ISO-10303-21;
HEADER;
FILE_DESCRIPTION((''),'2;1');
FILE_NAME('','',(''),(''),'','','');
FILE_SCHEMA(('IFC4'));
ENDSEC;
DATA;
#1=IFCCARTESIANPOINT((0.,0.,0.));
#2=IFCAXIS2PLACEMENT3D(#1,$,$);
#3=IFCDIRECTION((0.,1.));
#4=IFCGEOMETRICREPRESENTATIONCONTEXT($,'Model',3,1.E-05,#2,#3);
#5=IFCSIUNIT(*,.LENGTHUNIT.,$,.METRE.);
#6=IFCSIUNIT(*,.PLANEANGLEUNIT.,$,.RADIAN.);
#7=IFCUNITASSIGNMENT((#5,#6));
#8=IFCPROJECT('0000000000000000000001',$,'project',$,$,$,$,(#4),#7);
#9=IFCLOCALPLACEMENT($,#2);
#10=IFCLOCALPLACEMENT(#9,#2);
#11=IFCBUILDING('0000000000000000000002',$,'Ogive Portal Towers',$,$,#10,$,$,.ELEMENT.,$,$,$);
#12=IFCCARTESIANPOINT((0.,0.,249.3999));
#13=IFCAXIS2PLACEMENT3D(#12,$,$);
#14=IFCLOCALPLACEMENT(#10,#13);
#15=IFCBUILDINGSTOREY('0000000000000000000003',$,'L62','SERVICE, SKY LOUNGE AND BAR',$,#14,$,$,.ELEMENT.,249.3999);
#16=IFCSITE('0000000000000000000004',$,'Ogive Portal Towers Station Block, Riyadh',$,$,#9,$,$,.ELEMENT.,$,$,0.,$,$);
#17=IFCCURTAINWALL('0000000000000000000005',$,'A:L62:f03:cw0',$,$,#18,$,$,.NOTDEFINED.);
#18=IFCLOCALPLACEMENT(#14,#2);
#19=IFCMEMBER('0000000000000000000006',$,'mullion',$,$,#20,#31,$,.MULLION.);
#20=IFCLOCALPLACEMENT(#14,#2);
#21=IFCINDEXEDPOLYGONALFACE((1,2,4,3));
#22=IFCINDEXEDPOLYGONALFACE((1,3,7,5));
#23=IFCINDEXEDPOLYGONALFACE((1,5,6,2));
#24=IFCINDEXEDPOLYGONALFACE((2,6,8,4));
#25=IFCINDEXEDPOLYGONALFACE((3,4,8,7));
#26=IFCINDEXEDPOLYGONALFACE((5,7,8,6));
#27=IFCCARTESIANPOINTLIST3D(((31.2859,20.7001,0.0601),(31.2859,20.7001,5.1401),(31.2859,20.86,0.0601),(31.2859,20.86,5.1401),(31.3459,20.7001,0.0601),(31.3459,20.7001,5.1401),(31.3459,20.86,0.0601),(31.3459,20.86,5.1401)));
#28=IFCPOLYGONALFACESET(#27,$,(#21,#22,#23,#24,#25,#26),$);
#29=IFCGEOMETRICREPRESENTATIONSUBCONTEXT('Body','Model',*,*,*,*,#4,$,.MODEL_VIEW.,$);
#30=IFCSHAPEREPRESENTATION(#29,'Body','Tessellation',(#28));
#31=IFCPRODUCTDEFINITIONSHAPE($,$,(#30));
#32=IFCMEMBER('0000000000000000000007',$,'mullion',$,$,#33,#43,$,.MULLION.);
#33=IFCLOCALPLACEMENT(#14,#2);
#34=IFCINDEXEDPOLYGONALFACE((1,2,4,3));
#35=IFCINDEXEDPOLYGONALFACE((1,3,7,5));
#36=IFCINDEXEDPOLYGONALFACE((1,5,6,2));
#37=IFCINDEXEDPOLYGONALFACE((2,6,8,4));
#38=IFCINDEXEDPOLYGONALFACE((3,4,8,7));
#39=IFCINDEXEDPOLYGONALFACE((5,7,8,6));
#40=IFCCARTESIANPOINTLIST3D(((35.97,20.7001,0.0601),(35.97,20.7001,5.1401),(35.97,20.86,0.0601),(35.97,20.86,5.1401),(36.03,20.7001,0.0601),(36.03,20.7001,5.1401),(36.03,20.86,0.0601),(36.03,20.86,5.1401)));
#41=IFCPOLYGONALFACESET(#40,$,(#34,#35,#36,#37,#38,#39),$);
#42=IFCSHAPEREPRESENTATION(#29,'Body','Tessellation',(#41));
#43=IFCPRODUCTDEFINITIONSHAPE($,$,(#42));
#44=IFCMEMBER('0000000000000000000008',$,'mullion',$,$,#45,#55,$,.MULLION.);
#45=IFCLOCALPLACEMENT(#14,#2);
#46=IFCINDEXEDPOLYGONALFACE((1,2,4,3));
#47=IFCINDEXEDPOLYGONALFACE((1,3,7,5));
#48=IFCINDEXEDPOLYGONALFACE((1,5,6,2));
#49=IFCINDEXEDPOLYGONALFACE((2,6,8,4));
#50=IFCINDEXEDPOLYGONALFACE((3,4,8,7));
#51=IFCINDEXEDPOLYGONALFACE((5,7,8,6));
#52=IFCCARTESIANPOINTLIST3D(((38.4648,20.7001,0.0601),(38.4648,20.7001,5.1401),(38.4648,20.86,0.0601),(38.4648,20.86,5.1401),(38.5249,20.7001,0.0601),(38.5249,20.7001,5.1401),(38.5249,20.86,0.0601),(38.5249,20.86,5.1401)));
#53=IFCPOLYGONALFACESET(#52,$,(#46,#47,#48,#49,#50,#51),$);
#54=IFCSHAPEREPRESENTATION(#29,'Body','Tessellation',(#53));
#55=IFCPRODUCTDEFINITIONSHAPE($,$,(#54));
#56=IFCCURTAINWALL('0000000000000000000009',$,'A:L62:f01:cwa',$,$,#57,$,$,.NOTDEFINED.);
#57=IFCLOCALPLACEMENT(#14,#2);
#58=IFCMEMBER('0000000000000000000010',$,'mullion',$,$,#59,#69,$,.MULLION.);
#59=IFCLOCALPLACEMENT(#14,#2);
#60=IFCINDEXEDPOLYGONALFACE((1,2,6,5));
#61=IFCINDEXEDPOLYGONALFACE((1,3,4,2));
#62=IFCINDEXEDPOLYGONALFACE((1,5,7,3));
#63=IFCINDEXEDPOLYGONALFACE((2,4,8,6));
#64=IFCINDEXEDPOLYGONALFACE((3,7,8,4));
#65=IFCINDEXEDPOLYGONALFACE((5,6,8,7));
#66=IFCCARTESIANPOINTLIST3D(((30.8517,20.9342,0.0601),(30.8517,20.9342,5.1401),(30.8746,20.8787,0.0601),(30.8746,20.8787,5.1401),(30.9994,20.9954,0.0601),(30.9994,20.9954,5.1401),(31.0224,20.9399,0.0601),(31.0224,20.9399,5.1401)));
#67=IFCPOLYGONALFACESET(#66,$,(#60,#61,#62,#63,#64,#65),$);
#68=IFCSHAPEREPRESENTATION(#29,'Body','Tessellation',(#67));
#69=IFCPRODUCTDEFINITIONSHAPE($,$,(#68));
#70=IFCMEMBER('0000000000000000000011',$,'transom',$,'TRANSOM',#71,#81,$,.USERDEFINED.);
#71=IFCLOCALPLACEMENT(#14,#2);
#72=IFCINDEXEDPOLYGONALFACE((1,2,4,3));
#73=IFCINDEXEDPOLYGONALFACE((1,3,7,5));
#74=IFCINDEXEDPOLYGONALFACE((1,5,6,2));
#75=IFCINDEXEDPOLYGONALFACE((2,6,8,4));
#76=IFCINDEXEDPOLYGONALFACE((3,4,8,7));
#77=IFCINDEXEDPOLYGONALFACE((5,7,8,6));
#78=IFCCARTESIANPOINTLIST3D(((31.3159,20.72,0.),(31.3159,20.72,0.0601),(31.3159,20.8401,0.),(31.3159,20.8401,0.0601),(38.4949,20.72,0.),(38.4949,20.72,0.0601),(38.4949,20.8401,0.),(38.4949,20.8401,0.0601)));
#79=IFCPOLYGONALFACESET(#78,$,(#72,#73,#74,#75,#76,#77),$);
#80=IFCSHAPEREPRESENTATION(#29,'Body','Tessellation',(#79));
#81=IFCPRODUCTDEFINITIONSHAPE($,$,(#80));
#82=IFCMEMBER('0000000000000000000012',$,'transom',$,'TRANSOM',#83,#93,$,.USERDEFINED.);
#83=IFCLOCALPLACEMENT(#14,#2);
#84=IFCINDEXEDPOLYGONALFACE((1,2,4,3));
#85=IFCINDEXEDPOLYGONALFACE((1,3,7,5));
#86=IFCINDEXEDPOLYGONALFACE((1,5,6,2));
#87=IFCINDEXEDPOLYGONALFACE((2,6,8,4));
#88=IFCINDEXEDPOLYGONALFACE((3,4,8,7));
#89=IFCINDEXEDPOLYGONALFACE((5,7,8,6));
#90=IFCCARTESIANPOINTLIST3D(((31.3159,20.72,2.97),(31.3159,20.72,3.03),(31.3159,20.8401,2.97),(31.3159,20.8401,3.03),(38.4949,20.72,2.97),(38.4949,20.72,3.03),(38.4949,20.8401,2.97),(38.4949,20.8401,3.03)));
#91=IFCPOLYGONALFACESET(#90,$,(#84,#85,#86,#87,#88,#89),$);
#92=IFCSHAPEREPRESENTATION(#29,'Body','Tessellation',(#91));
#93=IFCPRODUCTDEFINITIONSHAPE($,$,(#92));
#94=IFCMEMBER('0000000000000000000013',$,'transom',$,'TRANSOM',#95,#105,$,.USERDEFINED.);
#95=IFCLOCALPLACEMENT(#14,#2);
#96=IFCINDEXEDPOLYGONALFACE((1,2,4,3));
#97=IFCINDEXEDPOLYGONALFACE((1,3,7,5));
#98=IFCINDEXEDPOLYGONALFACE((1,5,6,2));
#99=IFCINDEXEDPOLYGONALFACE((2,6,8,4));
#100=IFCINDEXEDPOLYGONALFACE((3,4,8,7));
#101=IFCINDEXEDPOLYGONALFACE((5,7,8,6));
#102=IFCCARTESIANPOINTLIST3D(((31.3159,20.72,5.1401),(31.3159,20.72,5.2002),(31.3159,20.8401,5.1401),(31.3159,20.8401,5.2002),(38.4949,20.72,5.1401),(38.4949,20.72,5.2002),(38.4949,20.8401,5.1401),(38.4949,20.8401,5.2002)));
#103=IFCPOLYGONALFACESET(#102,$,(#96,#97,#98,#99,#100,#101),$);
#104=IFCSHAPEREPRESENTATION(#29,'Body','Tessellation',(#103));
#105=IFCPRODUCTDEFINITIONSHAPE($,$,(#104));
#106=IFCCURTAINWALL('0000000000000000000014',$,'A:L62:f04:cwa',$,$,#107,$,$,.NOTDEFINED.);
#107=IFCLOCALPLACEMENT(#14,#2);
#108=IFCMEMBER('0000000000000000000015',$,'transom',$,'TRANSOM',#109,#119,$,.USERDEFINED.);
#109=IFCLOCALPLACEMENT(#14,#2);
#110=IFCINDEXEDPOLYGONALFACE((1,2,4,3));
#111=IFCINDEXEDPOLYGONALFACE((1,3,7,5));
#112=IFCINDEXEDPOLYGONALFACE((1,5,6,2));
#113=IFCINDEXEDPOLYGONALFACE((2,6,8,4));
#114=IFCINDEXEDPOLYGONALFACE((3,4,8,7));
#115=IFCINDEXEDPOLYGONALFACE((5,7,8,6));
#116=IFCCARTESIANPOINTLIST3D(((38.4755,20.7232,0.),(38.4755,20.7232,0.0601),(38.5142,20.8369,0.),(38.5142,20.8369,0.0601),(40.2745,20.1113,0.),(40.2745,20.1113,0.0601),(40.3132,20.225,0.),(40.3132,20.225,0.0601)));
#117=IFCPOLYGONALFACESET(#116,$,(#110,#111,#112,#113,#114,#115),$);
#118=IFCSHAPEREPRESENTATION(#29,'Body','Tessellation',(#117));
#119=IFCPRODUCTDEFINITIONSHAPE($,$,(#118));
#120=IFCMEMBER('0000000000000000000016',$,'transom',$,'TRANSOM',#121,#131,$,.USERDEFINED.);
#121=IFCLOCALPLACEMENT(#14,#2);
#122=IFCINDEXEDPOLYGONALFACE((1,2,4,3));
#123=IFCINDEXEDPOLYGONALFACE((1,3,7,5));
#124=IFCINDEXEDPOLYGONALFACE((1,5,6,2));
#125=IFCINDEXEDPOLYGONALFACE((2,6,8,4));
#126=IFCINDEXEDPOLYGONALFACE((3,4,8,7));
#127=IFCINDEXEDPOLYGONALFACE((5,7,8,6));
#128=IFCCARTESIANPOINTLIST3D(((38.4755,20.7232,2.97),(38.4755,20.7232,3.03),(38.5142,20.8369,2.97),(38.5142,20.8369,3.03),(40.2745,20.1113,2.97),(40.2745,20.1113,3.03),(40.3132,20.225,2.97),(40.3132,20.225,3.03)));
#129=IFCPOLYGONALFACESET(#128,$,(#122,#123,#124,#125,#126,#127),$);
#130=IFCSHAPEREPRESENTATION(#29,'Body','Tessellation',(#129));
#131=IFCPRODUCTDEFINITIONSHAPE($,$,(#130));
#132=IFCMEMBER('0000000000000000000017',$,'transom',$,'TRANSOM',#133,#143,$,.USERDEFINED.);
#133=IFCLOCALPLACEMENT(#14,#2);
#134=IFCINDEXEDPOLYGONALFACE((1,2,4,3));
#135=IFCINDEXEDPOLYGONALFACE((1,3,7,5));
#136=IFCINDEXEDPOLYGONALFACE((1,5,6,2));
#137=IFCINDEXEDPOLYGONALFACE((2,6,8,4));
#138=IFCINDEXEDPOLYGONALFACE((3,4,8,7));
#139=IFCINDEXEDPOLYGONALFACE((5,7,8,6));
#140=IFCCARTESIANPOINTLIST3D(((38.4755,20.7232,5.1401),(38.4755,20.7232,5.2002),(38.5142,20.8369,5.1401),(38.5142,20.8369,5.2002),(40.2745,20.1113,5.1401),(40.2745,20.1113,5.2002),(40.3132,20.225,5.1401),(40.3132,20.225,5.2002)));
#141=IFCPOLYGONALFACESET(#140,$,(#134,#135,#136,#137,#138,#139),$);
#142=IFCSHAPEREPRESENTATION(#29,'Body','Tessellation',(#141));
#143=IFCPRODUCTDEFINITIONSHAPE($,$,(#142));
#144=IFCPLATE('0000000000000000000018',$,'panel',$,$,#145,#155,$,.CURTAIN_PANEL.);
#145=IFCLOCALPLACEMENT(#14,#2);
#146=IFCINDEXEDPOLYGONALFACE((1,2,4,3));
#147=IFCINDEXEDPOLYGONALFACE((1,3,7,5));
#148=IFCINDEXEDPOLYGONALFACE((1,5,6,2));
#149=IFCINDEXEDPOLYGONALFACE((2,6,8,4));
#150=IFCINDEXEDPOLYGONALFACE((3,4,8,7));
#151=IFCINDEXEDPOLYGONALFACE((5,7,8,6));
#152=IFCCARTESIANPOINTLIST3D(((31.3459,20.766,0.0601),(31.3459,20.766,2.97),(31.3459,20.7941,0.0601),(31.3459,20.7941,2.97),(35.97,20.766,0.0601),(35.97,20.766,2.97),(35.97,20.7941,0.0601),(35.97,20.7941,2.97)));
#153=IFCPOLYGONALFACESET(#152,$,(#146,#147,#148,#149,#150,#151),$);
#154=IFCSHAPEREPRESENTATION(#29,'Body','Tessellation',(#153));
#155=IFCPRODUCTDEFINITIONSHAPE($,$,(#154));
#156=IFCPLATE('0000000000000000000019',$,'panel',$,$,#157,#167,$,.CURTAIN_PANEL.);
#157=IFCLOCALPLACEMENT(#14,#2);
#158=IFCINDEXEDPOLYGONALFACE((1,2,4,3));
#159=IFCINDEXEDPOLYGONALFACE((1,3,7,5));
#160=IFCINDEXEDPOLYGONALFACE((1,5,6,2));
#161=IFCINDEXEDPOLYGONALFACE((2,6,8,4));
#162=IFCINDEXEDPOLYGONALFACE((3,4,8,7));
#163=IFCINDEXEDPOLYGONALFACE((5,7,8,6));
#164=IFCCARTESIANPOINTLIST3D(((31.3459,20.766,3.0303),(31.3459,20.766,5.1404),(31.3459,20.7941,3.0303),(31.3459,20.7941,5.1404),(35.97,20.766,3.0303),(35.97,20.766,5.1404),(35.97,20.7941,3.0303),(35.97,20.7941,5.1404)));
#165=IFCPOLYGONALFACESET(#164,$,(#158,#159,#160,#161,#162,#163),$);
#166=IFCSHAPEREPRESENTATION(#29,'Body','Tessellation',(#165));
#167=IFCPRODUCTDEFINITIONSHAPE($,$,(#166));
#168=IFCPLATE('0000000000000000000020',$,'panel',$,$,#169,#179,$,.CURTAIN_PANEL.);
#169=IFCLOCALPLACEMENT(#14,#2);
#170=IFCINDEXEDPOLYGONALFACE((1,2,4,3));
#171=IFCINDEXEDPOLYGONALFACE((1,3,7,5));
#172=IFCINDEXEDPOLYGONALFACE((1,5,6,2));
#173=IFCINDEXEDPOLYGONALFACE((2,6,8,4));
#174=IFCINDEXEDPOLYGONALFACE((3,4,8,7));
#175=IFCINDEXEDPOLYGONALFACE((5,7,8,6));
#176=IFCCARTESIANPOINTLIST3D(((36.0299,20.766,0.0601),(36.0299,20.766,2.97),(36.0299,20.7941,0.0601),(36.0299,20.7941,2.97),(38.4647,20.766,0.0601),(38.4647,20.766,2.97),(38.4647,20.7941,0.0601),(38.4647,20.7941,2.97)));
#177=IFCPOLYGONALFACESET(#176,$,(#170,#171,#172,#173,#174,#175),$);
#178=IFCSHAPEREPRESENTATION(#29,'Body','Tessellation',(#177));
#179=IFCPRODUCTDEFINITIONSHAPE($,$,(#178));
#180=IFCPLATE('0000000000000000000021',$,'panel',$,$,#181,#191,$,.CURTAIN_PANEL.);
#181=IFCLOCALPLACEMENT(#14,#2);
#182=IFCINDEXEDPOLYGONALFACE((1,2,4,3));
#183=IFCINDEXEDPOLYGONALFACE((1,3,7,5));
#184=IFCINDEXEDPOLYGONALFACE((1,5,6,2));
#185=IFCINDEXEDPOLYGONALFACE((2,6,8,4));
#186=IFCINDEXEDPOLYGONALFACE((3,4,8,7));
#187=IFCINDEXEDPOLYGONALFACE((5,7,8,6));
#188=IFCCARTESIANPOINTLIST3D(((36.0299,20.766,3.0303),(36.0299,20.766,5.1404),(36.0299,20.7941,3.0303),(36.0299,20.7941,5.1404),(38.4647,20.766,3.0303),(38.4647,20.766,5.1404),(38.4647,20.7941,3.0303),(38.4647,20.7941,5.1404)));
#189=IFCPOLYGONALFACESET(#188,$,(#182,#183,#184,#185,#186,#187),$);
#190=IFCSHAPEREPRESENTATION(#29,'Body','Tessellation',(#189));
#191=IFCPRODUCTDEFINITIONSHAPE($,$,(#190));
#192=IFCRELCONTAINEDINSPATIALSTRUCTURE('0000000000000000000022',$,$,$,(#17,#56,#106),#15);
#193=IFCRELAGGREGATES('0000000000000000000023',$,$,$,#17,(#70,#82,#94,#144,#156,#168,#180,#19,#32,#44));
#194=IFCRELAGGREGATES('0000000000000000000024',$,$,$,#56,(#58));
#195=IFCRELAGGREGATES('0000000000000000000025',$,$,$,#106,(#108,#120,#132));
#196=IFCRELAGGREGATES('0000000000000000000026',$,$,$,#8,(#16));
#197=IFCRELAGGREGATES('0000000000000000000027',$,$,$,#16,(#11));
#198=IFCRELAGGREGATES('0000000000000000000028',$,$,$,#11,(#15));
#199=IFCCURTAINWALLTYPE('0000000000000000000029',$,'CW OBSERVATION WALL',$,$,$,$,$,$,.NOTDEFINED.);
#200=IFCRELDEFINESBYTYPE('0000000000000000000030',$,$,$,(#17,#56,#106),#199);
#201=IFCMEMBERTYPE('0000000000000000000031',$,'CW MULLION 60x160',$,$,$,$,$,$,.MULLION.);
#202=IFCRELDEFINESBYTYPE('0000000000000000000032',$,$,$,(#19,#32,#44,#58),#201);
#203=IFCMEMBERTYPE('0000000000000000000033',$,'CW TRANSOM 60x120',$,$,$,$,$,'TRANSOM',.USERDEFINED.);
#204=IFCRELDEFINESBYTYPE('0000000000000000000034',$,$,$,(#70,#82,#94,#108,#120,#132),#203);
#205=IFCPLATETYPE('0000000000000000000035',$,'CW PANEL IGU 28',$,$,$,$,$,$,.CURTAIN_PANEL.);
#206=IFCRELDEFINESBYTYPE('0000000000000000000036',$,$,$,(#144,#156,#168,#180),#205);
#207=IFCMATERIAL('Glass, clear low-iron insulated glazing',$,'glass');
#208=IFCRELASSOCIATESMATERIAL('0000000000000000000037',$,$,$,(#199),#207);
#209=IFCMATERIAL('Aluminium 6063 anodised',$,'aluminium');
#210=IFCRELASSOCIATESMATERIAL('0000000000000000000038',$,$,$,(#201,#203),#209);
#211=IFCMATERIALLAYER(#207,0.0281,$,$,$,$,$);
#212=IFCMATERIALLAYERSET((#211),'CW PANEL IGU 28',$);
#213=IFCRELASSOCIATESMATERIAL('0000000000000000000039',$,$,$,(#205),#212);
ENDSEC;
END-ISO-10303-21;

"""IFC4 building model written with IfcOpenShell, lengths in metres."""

from ifc_helpers import new_model, si_unit, direction, frame, origin, origin_2d, place, context, subcontext, project, spatial, rectangle, extrude, material, layer, layer_set, material_profile, profile_set, type_object, element, aggregate, save


model = new_model("IFC4")

# Units and contexts
model_context = context("Model", 3, precision=1e-05, world=origin(), true_north=direction((0.0, 1.0)))
body_context = subcontext(model_context, "Body", "Model", "MODEL_VIEW")
ifc_project = project(units=[si_unit("LENGTHUNIT", "METRE"), si_unit("PLANEANGLEUNIT", "RADIAN")], contexts=[model_context])

# Site, building, storey
site_placement = place(None, origin())
site = spatial("IfcSite", under=ifc_project, at=site_placement, Name="Ogive Portal Towers Station Block, Riyadh", CompositionType="ELEMENT", RefElevation=0.0)
building_placement = place(site_placement, origin())
building = spatial("IfcBuilding", under=site, at=building_placement, Name="Ogive Portal Towers", CompositionType="ELEMENT")
storey_placement = place(building_placement, frame((0.0, 0.0, 249.3999)))
storey = spatial("IfcBuildingStorey", under=building, at=storey_placement, Name="L62", Description="SERVICE, SKY LOUNGE AND BAR", CompositionType="ELEMENT", Elevation=249.3999)

# Curtain wall, members
ifc_material_1 = material(Name="Glass, clear low-iron insulated glazing", Category="glass")
curtain_wall_type = type_object("IfcCurtainWallType", Name="CW OBSERVATION WALL", PredefinedType="NOTDEFINED", material=ifc_material_1)
curtain_wall_1_placement = place(storey_placement, origin())
curtain_wall_1 = element("IfcCurtainWall", 1, at=curtain_wall_1_placement, inside=storey, type_object=curtain_wall_type, Name="A:L62:f03:cw0", PredefinedType="NOTDEFINED")
ifc_material_2 = material(Name="Aluminium 6063 anodised", Category="aluminium")
ifc_material_profile_1 = material_profile(ifc_material_2, rectangle(XDim=0.1599, YDim=0.0601, at=origin_2d()), Name="AL 60x160")
ifc_profile_set_1 = profile_set([ifc_material_profile_1], Name="Aluminium 6063 anodised")
member_type_1 = type_object("IfcMemberType", Name="CW MULLION 60x160", PredefinedType="MULLION", material=ifc_profile_set_1)
member_1_placement = place(storey_placement, frame((31.3159, 20.78, 0.0601), z_axis=(0.0, 0.0, 1.0), x_axis=(0.0, 1.0, 0.0)))
member_1 = element("IfcMember", 2, at=member_1_placement, type_object=member_type_1, Name="mullion", PredefinedType="MULLION", context=body_context, shape_type="SweptSolid", body=[
    extrude(rectangle(XDim=0.1599, YDim=0.0601, at=origin_2d()), origin(), (0.0, 0.0, 1.0), 5.0801),
])
member_2_placement = place(storey_placement, frame((36.0, 20.78, 0.0601), z_axis=(0.0, 0.0, 1.0), x_axis=(0.0, 1.0, 0.0)))
member_2 = element("IfcMember", 3, at=member_2_placement, type_object=member_type_1, Name="mullion", PredefinedType="MULLION", context=body_context, shape_type="SweptSolid", body=[
    extrude(rectangle(XDim=0.1599, YDim=0.0601, at=origin_2d()), origin(), (0.0, 0.0, 1.0), 5.0801),
])
member_3_placement = place(storey_placement, frame((38.4949, 20.78, 0.0601), z_axis=(0.0, 0.0, 1.0), x_axis=(0.0, 1.0, 0.0)))
member_3 = element("IfcMember", 4, at=member_3_placement, type_object=member_type_1, Name="mullion", PredefinedType="MULLION", context=body_context, shape_type="SweptSolid", body=[
    extrude(rectangle(XDim=0.1599, YDim=0.0601, at=origin_2d()), origin(), (0.0, 0.0, 1.0), 5.0801),
])

# Curtain wall, member
curtain_wall_2_placement = place(storey_placement, origin())
curtain_wall_2 = element("IfcCurtainWall", 5, at=curtain_wall_2_placement, inside=storey, type_object=curtain_wall_type, Name="A:L62:f01:cwa", PredefinedType="NOTDEFINED")
member_4_placement = place(storey_placement, frame((30.937, 20.937, 0.0601), z_axis=(0.0, 0.0, 1.0), x_axis=(0.92388, 0.382683, 0.0)))
member_4 = element("IfcMember", 6, at=member_4_placement, type_object=member_type_1, Name="mullion", PredefinedType="MULLION", context=body_context, shape_type="SweptSolid", body=[
    extrude(rectangle(XDim=0.1599, YDim=0.0601, at=origin_2d()), origin(), (0.0, 0.0, 1.0), 5.0801),
])

# Members
ifc_material_profile_2 = material_profile(ifc_material_2, rectangle(XDim=0.1201, YDim=0.0601, at=origin_2d()), Name="AL 120x60")
ifc_profile_set_2 = profile_set([ifc_material_profile_2], Name="Aluminium 6063 anodised")
member_type_2 = type_object("IfcMemberType", Name="CW TRANSOM 60x120", ElementType="TRANSOM", PredefinedType="USERDEFINED", material=ifc_profile_set_2)
member_5_placement = place(storey_placement, frame((31.3159, 20.78, 0.03), z_axis=(1.0, 0.0, 0.0), x_axis=(0.0, 1.0, 0.0)))
member_5 = element("IfcMember", 7, at=member_5_placement, type_object=member_type_2, Name="transom", ObjectType="TRANSOM", PredefinedType="USERDEFINED", context=body_context, shape_type="SweptSolid", body=[
    extrude(rectangle(XDim=0.1201, YDim=0.0601, at=origin_2d()), origin(), (0.0, 0.0, 1.0), 7.179),
])
member_6_placement = place(storey_placement, frame((31.3159, 20.78, 3.0), z_axis=(1.0, 0.0, 0.0), x_axis=(0.0, 1.0, 0.0)))
member_6 = element("IfcMember", 8, at=member_6_placement, type_object=member_type_2, Name="transom", ObjectType="TRANSOM", PredefinedType="USERDEFINED", context=body_context, shape_type="SweptSolid", body=[
    extrude(rectangle(XDim=0.1201, YDim=0.0601, at=origin_2d()), origin(), (0.0, 0.0, 1.0), 7.179),
])
member_7_placement = place(storey_placement, frame((31.3159, 20.78, 5.1702), z_axis=(1.0, 0.0, 0.0), x_axis=(0.0, 1.0, 0.0)))
member_7 = element("IfcMember", 9, at=member_7_placement, type_object=member_type_2, Name="transom", ObjectType="TRANSOM", PredefinedType="USERDEFINED", context=body_context, shape_type="SweptSolid", body=[
    extrude(rectangle(XDim=0.1201, YDim=0.0601, at=origin_2d()), origin(), (0.0, 0.0, 1.0), 7.179),
])

# Curtain wall, members
curtain_wall_3_placement = place(storey_placement, origin())
curtain_wall_3 = element("IfcCurtainWall", 10, at=curtain_wall_3_placement, inside=storey, type_object=curtain_wall_type, Name="A:L62:f04:cwa", PredefinedType="NOTDEFINED")
member_8_placement = place(storey_placement, frame((38.4949, 20.78, 0.03), z_axis=(0.946738, -0.322004, 0.0), x_axis=(0.322004, 0.946738, 0.0)))
member_8 = element("IfcMember", 11, at=member_8_placement, type_object=member_type_2, Name="transom", ObjectType="TRANSOM", PredefinedType="USERDEFINED", context=body_context, shape_type="SweptSolid", body=[
    extrude(rectangle(XDim=0.1201, YDim=0.0601, at=origin_2d()), origin(), (0.0, 0.0, 1.0), 1.9001),
])
member_9_placement = place(storey_placement, frame((38.4949, 20.78, 3.0), z_axis=(0.946738, -0.322004, 0.0), x_axis=(0.322004, 0.946738, 0.0)))
member_9 = element("IfcMember", 12, at=member_9_placement, type_object=member_type_2, Name="transom", ObjectType="TRANSOM", PredefinedType="USERDEFINED", context=body_context, shape_type="SweptSolid", body=[
    extrude(rectangle(XDim=0.1201, YDim=0.0601, at=origin_2d()), origin(), (0.0, 0.0, 1.0), 1.9001),
])
member_10_placement = place(storey_placement, frame((38.4949, 20.78, 5.1702), z_axis=(0.946738, -0.322004, 0.0), x_axis=(0.322004, 0.946738, 0.0)))
member_10 = element("IfcMember", 13, at=member_10_placement, type_object=member_type_2, Name="transom", ObjectType="TRANSOM", PredefinedType="USERDEFINED", context=body_context, shape_type="SweptSolid", body=[
    extrude(rectangle(XDim=0.1201, YDim=0.0601, at=origin_2d()), origin(), (0.0, 0.0, 1.0), 1.9001),
])

# Plates
ifc_layer_1 = layer(ifc_material_1, 0.0281)
ifc_layer_set_1 = layer_set([ifc_layer_1], Name="CW PANEL IGU 28")
plate_type = type_object("IfcPlateType", Name="CW PANEL IGU 28", PredefinedType="CURTAIN_PANEL", material=ifc_layer_set_1)
plate_1_placement = place(storey_placement, frame((33.658, 20.78, 0.0601), z_axis=(0.0, 0.0, 1.0), x_axis=(1.0, 0.0, 0.0)))
plate_1 = element("IfcPlate", 14, at=plate_1_placement, type_object=plate_type, Name="panel", PredefinedType="CURTAIN_PANEL", context=body_context, shape_type="SweptSolid", body=[
    extrude(rectangle(XDim=4.624, YDim=0.0281, at=origin_2d()), origin(), (0.0, 0.0, 1.0), 2.9099),
])
plate_2_placement = place(storey_placement, frame((33.658, 20.78, 3.0303), z_axis=(0.0, 0.0, 1.0), x_axis=(1.0, 0.0, 0.0)))
plate_2 = element("IfcPlate", 15, at=plate_2_placement, type_object=plate_type, Name="panel", PredefinedType="CURTAIN_PANEL", context=body_context, shape_type="SweptSolid", body=[
    extrude(rectangle(XDim=4.624, YDim=0.0281, at=origin_2d()), origin(), (0.0, 0.0, 1.0), 2.1101),
])
plate_3_placement = place(storey_placement, frame((37.2473, 20.78, 0.0601), z_axis=(0.0, 0.0, 1.0), x_axis=(1.0, 0.0, 0.0)))
plate_3 = element("IfcPlate", 16, at=plate_3_placement, type_object=plate_type, Name="panel", PredefinedType="CURTAIN_PANEL", context=body_context, shape_type="SweptSolid", body=[
    extrude(rectangle(XDim=2.4348, YDim=0.0281, at=origin_2d()), origin(), (0.0, 0.0, 1.0), 2.9099),
])
plate_4_placement = place(storey_placement, frame((37.2473, 20.78, 3.0303), z_axis=(0.0, 0.0, 1.0), x_axis=(1.0, 0.0, 0.0)))
plate_4 = element("IfcPlate", 17, at=plate_4_placement, type_object=plate_type, Name="panel", PredefinedType="CURTAIN_PANEL", context=body_context, shape_type="SweptSolid", body=[
    extrude(rectangle(XDim=2.4348, YDim=0.0281, at=origin_2d()), origin(), (0.0, 0.0, 1.0), 2.1101),
])
aggregate(curtain_wall_1, [member_5, member_6, member_7, plate_1, plate_2, plate_3, plate_4, member_1, member_2, member_3])
aggregate(curtain_wall_2, [member_4])
aggregate(curtain_wall_3, [member_8, member_9, member_10])

save(model, "model.ifc")
